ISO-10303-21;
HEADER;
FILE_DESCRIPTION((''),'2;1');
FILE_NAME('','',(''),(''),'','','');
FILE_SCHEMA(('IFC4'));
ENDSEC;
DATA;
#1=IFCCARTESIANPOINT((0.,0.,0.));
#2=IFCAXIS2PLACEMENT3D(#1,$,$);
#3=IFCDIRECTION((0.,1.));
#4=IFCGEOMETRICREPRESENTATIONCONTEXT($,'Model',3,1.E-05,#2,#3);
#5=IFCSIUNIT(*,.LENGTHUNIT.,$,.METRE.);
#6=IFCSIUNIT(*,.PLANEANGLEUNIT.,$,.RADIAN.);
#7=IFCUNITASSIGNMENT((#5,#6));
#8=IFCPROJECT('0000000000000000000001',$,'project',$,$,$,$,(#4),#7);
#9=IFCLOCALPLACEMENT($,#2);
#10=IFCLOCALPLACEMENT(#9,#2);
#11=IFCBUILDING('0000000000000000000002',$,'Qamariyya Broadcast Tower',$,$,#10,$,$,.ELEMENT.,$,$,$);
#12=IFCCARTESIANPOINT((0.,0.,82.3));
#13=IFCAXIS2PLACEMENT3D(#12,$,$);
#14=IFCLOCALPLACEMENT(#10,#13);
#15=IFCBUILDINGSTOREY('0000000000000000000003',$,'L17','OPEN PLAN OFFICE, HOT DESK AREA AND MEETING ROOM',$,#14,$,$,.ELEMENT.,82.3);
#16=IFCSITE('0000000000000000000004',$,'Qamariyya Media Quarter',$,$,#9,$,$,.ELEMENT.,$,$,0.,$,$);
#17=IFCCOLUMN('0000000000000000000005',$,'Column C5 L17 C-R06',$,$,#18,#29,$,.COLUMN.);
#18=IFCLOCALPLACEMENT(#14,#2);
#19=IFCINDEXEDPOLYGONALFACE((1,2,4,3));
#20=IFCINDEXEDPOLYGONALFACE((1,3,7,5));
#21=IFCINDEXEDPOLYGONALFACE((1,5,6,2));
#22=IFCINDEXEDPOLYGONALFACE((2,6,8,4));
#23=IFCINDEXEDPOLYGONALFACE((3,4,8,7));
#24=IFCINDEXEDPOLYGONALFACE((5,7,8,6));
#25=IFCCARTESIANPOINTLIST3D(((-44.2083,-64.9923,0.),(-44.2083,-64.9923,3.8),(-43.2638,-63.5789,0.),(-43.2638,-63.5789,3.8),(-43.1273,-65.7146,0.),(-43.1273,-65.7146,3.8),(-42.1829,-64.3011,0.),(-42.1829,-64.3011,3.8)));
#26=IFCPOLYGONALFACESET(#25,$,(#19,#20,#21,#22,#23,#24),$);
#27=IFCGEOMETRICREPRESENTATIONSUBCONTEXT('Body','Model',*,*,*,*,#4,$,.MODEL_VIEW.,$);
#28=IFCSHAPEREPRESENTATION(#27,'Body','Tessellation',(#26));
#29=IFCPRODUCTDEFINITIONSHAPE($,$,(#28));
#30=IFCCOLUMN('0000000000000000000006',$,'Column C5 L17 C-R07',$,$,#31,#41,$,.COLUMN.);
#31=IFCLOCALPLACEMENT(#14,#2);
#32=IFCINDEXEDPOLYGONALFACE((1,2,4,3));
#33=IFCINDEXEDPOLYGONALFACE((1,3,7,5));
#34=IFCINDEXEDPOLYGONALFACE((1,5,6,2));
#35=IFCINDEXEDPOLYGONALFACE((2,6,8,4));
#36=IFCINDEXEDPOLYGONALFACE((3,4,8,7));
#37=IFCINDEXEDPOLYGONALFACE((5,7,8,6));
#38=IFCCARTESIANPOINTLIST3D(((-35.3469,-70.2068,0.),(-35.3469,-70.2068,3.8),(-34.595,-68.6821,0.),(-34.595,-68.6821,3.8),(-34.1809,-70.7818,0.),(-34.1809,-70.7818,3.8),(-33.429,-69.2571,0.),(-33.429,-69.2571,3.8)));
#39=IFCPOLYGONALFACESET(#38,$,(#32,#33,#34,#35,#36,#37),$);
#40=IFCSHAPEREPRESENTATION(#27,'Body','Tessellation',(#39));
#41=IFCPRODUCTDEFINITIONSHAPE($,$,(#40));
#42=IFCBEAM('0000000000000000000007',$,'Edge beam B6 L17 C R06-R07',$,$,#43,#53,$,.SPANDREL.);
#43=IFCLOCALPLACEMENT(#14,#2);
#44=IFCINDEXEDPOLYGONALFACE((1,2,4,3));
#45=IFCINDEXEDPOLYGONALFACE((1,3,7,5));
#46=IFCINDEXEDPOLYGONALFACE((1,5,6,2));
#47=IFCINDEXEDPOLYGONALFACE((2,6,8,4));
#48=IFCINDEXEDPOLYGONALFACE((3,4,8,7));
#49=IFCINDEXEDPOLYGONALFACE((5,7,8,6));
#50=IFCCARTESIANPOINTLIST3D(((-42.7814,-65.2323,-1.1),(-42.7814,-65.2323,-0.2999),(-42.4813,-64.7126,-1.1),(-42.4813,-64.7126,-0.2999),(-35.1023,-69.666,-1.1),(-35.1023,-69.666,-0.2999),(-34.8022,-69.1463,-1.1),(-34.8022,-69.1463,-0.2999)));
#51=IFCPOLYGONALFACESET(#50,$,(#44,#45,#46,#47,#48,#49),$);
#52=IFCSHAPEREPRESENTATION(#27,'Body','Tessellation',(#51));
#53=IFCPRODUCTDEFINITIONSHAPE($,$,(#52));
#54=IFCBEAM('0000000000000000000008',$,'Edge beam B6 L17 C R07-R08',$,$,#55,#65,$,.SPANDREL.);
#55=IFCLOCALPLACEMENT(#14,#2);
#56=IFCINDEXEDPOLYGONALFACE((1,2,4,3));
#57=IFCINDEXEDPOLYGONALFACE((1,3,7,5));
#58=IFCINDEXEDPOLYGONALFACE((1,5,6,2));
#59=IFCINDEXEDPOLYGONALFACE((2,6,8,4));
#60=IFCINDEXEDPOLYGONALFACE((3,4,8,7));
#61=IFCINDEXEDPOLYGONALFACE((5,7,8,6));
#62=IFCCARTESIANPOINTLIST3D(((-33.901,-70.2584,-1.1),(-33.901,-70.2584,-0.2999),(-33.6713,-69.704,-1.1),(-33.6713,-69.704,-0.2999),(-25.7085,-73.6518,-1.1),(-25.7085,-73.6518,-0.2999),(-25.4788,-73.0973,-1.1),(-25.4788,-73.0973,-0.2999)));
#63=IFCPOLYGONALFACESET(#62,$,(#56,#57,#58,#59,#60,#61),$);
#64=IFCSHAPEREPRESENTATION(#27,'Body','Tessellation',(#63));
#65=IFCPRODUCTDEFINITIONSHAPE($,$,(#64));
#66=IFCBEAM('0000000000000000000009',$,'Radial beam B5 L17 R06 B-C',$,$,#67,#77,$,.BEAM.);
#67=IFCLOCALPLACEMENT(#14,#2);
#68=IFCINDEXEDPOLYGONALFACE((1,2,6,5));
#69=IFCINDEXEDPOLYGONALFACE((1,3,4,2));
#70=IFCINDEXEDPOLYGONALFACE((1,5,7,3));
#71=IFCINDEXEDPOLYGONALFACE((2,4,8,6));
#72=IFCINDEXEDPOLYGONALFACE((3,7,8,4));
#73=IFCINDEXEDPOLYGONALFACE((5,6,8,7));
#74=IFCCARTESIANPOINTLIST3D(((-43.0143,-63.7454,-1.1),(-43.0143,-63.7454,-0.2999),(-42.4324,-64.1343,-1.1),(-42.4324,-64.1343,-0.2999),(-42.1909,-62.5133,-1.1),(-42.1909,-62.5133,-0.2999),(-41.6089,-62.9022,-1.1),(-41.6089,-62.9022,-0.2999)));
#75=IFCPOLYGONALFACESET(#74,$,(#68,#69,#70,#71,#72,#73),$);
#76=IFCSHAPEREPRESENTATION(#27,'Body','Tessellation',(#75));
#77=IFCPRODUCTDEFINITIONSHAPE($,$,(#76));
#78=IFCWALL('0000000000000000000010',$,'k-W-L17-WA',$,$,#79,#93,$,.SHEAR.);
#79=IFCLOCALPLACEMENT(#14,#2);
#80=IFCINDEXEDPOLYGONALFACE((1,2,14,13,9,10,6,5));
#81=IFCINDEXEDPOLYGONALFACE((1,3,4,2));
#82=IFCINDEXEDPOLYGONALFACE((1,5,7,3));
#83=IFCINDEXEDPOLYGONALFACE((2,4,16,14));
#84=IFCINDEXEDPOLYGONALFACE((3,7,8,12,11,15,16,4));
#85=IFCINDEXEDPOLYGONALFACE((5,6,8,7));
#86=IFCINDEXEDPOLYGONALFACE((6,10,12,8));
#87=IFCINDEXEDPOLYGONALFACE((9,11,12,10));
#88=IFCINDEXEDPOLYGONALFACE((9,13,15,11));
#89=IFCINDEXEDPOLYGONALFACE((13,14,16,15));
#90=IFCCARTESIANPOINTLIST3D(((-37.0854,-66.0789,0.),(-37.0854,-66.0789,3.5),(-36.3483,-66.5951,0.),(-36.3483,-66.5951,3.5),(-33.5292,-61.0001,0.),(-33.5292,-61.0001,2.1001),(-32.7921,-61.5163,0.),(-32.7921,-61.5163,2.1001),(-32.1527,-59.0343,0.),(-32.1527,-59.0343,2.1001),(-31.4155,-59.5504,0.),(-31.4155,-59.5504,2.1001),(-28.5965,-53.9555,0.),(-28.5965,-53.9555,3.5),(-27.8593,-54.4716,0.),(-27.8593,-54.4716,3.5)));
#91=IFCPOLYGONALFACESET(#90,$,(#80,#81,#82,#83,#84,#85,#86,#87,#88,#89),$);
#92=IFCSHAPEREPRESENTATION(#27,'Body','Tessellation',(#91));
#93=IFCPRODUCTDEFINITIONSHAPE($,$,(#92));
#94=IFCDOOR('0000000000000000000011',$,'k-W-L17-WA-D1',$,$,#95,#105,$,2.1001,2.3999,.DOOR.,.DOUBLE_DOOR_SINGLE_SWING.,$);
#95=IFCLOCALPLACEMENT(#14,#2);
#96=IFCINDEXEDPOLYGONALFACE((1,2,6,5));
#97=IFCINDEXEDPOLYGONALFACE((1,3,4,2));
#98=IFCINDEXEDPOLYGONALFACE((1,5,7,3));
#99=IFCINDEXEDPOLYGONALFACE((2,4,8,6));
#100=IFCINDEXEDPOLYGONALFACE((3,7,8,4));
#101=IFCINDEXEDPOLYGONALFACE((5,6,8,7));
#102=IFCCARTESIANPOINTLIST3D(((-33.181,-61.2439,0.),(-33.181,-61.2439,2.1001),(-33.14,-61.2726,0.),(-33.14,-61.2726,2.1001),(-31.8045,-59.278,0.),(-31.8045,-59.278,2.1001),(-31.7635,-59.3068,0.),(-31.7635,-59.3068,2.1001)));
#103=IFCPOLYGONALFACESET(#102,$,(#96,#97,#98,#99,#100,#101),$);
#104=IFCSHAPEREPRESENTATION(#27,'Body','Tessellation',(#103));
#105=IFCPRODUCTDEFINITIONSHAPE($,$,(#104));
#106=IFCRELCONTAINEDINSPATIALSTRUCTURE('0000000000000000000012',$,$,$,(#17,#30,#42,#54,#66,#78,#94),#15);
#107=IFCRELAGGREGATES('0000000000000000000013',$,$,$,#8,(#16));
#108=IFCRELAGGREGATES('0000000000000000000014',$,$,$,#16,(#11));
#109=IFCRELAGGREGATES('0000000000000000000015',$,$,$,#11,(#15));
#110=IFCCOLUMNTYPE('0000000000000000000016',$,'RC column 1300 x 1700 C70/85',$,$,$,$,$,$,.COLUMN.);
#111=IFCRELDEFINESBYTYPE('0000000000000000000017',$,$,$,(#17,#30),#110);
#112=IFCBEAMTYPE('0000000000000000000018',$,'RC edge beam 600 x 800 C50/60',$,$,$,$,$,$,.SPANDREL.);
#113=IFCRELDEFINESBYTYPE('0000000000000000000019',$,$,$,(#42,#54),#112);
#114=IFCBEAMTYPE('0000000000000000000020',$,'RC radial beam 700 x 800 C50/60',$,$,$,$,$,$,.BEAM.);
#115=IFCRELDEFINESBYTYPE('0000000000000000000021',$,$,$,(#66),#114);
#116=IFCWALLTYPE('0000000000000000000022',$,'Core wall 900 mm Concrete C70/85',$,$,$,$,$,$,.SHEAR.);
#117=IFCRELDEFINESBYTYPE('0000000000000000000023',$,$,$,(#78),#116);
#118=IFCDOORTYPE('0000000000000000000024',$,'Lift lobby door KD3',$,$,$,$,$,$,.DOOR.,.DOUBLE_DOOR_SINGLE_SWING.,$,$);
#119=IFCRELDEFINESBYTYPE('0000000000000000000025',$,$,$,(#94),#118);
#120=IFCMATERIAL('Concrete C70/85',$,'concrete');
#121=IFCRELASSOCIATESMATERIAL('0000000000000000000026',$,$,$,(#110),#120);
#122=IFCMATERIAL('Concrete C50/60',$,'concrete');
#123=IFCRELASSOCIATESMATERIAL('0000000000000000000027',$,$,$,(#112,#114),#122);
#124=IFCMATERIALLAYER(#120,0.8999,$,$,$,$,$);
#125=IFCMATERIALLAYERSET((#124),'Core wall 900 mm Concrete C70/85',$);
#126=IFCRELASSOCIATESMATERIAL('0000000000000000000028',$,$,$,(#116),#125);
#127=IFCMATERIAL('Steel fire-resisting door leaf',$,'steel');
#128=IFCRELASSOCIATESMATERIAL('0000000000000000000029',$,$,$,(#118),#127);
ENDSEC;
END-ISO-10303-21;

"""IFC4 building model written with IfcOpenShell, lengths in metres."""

from ifc_helpers import new_model, si_unit, direction, frame, frame_2d, origin, origin_2d, place, context, subcontext, project, spatial, rectangle, extrude, material, layer, layer_set, material_profile, profile_set, type_object, element, fill, save


model = new_model("IFC4")

# Units and contexts
model_context = context("Model", 3, precision=1e-05, world=origin(), true_north=direction((0.0, 1.0)))
body_context = subcontext(model_context, "Body", "Model", "MODEL_VIEW")
ifc_project = project(units=[si_unit("LENGTHUNIT", "METRE"), si_unit("PLANEANGLEUNIT", "RADIAN")], contexts=[model_context])

# Site, building, storey
site_placement = place(None, origin())
site = spatial("IfcSite", under=ifc_project, at=site_placement, Name="Qamariyya Media Quarter", CompositionType="ELEMENT", RefElevation=0.0)
building_placement = place(site_placement, origin())
building = spatial("IfcBuilding", under=site, at=building_placement, Name="Qamariyya Broadcast Tower", CompositionType="ELEMENT")
storey_placement = place(building_placement, frame((0.0, 0.0, 82.3)))
storey = spatial("IfcBuildingStorey", under=building, at=storey_placement, Name="L17", Description="OPEN PLAN OFFICE, HOT DESK AREA AND MEETING ROOM", CompositionType="ELEMENT", Elevation=82.3)

# Columns
ifc_material_1 = material(Name="Concrete C70/85", Category="concrete")
ifc_material_profile_1 = material_profile(ifc_material_1, rectangle(XDim=1.3, YDim=1.7, at=origin_2d()))
ifc_profile_set_1 = profile_set([ifc_material_profile_1], Name="Concrete C70/85")
column_type = type_object("IfcColumnType", Name="RC column 1300 x 1700 C70/85", PredefinedType="COLUMN", material=ifc_profile_set_1)
for number, where, z_axis, x_axis, name in (
    (1, (-43.1956, -64.6467, 0.0), (0.0, 0.0, 1.0), (0.83147, -0.55557, 0.0), "Column C5 L17 C-R06"),
    (2, (-34.3879, -69.7319, 0.0), (0.0, 0.0, 1.0), (0.896873, -0.442289, 0.0), "Column C5 L17 C-R07"),
):
    element("IfcColumn", number, at=place(storey_placement, frame(where, z_axis=z_axis, x_axis=x_axis)), inside=storey, type_object=column_type, Name=name, PredefinedType="COLUMN", context=body_context, shape_type="SweptSolid", body=[
        extrude(rectangle(XDim=1.3, YDim=1.7, at=origin_2d()), origin(), (0.0, 0.0, 1.0), 3.8),
    ])

# Beams
ifc_material_2 = material(Name="Concrete C50/60", Category="concrete")
ifc_material_profile_2 = material_profile(ifc_material_2, rectangle(XDim=0.6001, YDim=0.8, at=origin_2d()))
ifc_profile_set_2 = profile_set([ifc_material_profile_2], Name="Concrete C50/60")
beam_type_1 = type_object("IfcBeamType", Name="RC edge beam 600 x 800 C50/60", PredefinedType="SPANDREL", material=ifc_profile_set_2)
beam_1_placement = place(storey_placement, frame((-42.6313, -64.9724, -0.7), z_axis=(0.866013, -0.500021, 0.0), x_axis=(0.500021, 0.866013, 0.0)))
element("IfcBeam", 3, at=beam_1_placement, inside=storey, type_object=beam_type_1, Name="Edge beam B6 L17 C R06-R07", PredefinedType="SPANDREL", context=body_context, shape_type="SweptSolid", body=[
    extrude(rectangle(XDim=0.6001, YDim=0.8, at=origin_2d()), origin(), (0.0, 0.0, 1.0), 8.8672),
])
beam_2_placement = place(storey_placement, frame((-33.7861, -69.9812, -0.7), z_axis=(0.923883, -0.382675, 0.0), x_axis=(0.382675, 0.923883, 0.0)))
element("IfcBeam", 4, at=beam_2_placement, inside=storey, type_object=beam_type_1, Name="Edge beam B6 L17 C R07-R08", PredefinedType="SPANDREL", context=body_context, shape_type="SweptSolid", body=[
    extrude(rectangle(XDim=0.6001, YDim=0.8, at=origin_2d()), origin(), (0.0, 0.0, 1.0), 8.8674),
])
ifc_material_profile_3 = material_profile(ifc_material_2, rectangle(XDim=0.7, YDim=0.8, at=origin_2d()))
ifc_profile_set_3 = profile_set([ifc_material_profile_3], Name="Concrete C50/60")
beam_type_2 = type_object("IfcBeamType", Name="RC radial beam 700 x 800 C50/60", PredefinedType="BEAM", material=ifc_profile_set_3)
beam_3_placement = place(storey_placement, frame((-41.8999, -62.7078, -0.7), z_axis=(-0.55565, -0.831416, 0.0), x_axis=(0.831416, -0.55565, 0.0)))
element("IfcBeam", 5, at=beam_3_placement, inside=storey, type_object=beam_type_2, Name="Radial beam B5 L17 R06 B-C", PredefinedType="BEAM", context=body_context, shape_type="SweptSolid", body=[
    extrude(rectangle(XDim=0.7, YDim=0.8, at=origin_2d()), origin(), (0.0, 0.0, 1.0), 1.4819),
])

# Wall, opening, door
ifc_layer_1 = layer(ifc_material_1, 0.8999)
ifc_layer_set_1 = layer_set([ifc_layer_1], Name="Core wall 900 mm Concrete C70/85")
wall_type_1 = type_object("IfcWallType", Name="Core wall 900 mm Concrete C70/85", PredefinedType="SHEAR", material=ifc_layer_set_1)
wall_1_placement = place(storey_placement, frame((-36.7168, -66.3369, 0.0), z_axis=(0.0, 0.0, 1.0), x_axis=(0.573577, 0.819151, 0.0)))
wall_1 = element("IfcWall", 6, at=wall_1_placement, inside=storey, type_object=wall_type_1, Name="k-W-L17-WA", PredefinedType="SHEAR", context=body_context, shape_type="SweptSolid", body=[
    extrude(rectangle(XDim=14.8, YDim=0.8999, at=frame_2d((7.3999, 0.0))), origin(), (0.0, 0.0, 1.0), 3.5),
])
opening_1_placement = place(wall_1_placement, frame((6.2, 0.0, 0.0)))
opening_1 = element("IfcOpeningElement", 7, at=opening_1_placement, cuts=wall_1, PredefinedType="OPENING", context=body_context, shape_type="SweptSolid", body=[
    extrude(rectangle(XDim=2.3999, YDim=2.1001, at=frame_2d((1.2, 1.05))), frame((0.0, 0.46, 0.0), z_axis=(0.0, -1.0, 0.0), x_axis=(1.0, 0.0, 0.0)), (0.0, 0.0, 1.0), 0.9199),
])
ifc_material_3 = material(Name="Steel fire-resisting door leaf", Category="steel")
door_type_1 = type_object("IfcDoorType", Name="Lift lobby door KD3", OperationType="DOUBLE_DOOR_SINGLE_SWING", PredefinedType="DOOR", material=ifc_material_3)
door_1_placement = place(opening_1_placement, origin())
door_1 = element("IfcDoor", 8, at=door_1_placement, inside=storey, type_object=door_type_1, Name="k-W-L17-WA-D1", OperationType="DOUBLE_DOOR_SINGLE_SWING", OverallHeight=2.1001, OverallWidth=2.3999, PredefinedType="DOOR", context=body_context, shape_type="SweptSolid", body=[
    extrude(rectangle(XDim=2.3999, YDim=2.1001, at=frame_2d((1.2, 1.05))), frame((0.0, 0.0249, 0.0), z_axis=(0.0, -1.0, 0.0), x_axis=(1.0, 0.0, 0.0)), (0.0, 0.0, 1.0), 0.05),
])
fill(opening_1, door_1)

save(model, "model.ifc")
